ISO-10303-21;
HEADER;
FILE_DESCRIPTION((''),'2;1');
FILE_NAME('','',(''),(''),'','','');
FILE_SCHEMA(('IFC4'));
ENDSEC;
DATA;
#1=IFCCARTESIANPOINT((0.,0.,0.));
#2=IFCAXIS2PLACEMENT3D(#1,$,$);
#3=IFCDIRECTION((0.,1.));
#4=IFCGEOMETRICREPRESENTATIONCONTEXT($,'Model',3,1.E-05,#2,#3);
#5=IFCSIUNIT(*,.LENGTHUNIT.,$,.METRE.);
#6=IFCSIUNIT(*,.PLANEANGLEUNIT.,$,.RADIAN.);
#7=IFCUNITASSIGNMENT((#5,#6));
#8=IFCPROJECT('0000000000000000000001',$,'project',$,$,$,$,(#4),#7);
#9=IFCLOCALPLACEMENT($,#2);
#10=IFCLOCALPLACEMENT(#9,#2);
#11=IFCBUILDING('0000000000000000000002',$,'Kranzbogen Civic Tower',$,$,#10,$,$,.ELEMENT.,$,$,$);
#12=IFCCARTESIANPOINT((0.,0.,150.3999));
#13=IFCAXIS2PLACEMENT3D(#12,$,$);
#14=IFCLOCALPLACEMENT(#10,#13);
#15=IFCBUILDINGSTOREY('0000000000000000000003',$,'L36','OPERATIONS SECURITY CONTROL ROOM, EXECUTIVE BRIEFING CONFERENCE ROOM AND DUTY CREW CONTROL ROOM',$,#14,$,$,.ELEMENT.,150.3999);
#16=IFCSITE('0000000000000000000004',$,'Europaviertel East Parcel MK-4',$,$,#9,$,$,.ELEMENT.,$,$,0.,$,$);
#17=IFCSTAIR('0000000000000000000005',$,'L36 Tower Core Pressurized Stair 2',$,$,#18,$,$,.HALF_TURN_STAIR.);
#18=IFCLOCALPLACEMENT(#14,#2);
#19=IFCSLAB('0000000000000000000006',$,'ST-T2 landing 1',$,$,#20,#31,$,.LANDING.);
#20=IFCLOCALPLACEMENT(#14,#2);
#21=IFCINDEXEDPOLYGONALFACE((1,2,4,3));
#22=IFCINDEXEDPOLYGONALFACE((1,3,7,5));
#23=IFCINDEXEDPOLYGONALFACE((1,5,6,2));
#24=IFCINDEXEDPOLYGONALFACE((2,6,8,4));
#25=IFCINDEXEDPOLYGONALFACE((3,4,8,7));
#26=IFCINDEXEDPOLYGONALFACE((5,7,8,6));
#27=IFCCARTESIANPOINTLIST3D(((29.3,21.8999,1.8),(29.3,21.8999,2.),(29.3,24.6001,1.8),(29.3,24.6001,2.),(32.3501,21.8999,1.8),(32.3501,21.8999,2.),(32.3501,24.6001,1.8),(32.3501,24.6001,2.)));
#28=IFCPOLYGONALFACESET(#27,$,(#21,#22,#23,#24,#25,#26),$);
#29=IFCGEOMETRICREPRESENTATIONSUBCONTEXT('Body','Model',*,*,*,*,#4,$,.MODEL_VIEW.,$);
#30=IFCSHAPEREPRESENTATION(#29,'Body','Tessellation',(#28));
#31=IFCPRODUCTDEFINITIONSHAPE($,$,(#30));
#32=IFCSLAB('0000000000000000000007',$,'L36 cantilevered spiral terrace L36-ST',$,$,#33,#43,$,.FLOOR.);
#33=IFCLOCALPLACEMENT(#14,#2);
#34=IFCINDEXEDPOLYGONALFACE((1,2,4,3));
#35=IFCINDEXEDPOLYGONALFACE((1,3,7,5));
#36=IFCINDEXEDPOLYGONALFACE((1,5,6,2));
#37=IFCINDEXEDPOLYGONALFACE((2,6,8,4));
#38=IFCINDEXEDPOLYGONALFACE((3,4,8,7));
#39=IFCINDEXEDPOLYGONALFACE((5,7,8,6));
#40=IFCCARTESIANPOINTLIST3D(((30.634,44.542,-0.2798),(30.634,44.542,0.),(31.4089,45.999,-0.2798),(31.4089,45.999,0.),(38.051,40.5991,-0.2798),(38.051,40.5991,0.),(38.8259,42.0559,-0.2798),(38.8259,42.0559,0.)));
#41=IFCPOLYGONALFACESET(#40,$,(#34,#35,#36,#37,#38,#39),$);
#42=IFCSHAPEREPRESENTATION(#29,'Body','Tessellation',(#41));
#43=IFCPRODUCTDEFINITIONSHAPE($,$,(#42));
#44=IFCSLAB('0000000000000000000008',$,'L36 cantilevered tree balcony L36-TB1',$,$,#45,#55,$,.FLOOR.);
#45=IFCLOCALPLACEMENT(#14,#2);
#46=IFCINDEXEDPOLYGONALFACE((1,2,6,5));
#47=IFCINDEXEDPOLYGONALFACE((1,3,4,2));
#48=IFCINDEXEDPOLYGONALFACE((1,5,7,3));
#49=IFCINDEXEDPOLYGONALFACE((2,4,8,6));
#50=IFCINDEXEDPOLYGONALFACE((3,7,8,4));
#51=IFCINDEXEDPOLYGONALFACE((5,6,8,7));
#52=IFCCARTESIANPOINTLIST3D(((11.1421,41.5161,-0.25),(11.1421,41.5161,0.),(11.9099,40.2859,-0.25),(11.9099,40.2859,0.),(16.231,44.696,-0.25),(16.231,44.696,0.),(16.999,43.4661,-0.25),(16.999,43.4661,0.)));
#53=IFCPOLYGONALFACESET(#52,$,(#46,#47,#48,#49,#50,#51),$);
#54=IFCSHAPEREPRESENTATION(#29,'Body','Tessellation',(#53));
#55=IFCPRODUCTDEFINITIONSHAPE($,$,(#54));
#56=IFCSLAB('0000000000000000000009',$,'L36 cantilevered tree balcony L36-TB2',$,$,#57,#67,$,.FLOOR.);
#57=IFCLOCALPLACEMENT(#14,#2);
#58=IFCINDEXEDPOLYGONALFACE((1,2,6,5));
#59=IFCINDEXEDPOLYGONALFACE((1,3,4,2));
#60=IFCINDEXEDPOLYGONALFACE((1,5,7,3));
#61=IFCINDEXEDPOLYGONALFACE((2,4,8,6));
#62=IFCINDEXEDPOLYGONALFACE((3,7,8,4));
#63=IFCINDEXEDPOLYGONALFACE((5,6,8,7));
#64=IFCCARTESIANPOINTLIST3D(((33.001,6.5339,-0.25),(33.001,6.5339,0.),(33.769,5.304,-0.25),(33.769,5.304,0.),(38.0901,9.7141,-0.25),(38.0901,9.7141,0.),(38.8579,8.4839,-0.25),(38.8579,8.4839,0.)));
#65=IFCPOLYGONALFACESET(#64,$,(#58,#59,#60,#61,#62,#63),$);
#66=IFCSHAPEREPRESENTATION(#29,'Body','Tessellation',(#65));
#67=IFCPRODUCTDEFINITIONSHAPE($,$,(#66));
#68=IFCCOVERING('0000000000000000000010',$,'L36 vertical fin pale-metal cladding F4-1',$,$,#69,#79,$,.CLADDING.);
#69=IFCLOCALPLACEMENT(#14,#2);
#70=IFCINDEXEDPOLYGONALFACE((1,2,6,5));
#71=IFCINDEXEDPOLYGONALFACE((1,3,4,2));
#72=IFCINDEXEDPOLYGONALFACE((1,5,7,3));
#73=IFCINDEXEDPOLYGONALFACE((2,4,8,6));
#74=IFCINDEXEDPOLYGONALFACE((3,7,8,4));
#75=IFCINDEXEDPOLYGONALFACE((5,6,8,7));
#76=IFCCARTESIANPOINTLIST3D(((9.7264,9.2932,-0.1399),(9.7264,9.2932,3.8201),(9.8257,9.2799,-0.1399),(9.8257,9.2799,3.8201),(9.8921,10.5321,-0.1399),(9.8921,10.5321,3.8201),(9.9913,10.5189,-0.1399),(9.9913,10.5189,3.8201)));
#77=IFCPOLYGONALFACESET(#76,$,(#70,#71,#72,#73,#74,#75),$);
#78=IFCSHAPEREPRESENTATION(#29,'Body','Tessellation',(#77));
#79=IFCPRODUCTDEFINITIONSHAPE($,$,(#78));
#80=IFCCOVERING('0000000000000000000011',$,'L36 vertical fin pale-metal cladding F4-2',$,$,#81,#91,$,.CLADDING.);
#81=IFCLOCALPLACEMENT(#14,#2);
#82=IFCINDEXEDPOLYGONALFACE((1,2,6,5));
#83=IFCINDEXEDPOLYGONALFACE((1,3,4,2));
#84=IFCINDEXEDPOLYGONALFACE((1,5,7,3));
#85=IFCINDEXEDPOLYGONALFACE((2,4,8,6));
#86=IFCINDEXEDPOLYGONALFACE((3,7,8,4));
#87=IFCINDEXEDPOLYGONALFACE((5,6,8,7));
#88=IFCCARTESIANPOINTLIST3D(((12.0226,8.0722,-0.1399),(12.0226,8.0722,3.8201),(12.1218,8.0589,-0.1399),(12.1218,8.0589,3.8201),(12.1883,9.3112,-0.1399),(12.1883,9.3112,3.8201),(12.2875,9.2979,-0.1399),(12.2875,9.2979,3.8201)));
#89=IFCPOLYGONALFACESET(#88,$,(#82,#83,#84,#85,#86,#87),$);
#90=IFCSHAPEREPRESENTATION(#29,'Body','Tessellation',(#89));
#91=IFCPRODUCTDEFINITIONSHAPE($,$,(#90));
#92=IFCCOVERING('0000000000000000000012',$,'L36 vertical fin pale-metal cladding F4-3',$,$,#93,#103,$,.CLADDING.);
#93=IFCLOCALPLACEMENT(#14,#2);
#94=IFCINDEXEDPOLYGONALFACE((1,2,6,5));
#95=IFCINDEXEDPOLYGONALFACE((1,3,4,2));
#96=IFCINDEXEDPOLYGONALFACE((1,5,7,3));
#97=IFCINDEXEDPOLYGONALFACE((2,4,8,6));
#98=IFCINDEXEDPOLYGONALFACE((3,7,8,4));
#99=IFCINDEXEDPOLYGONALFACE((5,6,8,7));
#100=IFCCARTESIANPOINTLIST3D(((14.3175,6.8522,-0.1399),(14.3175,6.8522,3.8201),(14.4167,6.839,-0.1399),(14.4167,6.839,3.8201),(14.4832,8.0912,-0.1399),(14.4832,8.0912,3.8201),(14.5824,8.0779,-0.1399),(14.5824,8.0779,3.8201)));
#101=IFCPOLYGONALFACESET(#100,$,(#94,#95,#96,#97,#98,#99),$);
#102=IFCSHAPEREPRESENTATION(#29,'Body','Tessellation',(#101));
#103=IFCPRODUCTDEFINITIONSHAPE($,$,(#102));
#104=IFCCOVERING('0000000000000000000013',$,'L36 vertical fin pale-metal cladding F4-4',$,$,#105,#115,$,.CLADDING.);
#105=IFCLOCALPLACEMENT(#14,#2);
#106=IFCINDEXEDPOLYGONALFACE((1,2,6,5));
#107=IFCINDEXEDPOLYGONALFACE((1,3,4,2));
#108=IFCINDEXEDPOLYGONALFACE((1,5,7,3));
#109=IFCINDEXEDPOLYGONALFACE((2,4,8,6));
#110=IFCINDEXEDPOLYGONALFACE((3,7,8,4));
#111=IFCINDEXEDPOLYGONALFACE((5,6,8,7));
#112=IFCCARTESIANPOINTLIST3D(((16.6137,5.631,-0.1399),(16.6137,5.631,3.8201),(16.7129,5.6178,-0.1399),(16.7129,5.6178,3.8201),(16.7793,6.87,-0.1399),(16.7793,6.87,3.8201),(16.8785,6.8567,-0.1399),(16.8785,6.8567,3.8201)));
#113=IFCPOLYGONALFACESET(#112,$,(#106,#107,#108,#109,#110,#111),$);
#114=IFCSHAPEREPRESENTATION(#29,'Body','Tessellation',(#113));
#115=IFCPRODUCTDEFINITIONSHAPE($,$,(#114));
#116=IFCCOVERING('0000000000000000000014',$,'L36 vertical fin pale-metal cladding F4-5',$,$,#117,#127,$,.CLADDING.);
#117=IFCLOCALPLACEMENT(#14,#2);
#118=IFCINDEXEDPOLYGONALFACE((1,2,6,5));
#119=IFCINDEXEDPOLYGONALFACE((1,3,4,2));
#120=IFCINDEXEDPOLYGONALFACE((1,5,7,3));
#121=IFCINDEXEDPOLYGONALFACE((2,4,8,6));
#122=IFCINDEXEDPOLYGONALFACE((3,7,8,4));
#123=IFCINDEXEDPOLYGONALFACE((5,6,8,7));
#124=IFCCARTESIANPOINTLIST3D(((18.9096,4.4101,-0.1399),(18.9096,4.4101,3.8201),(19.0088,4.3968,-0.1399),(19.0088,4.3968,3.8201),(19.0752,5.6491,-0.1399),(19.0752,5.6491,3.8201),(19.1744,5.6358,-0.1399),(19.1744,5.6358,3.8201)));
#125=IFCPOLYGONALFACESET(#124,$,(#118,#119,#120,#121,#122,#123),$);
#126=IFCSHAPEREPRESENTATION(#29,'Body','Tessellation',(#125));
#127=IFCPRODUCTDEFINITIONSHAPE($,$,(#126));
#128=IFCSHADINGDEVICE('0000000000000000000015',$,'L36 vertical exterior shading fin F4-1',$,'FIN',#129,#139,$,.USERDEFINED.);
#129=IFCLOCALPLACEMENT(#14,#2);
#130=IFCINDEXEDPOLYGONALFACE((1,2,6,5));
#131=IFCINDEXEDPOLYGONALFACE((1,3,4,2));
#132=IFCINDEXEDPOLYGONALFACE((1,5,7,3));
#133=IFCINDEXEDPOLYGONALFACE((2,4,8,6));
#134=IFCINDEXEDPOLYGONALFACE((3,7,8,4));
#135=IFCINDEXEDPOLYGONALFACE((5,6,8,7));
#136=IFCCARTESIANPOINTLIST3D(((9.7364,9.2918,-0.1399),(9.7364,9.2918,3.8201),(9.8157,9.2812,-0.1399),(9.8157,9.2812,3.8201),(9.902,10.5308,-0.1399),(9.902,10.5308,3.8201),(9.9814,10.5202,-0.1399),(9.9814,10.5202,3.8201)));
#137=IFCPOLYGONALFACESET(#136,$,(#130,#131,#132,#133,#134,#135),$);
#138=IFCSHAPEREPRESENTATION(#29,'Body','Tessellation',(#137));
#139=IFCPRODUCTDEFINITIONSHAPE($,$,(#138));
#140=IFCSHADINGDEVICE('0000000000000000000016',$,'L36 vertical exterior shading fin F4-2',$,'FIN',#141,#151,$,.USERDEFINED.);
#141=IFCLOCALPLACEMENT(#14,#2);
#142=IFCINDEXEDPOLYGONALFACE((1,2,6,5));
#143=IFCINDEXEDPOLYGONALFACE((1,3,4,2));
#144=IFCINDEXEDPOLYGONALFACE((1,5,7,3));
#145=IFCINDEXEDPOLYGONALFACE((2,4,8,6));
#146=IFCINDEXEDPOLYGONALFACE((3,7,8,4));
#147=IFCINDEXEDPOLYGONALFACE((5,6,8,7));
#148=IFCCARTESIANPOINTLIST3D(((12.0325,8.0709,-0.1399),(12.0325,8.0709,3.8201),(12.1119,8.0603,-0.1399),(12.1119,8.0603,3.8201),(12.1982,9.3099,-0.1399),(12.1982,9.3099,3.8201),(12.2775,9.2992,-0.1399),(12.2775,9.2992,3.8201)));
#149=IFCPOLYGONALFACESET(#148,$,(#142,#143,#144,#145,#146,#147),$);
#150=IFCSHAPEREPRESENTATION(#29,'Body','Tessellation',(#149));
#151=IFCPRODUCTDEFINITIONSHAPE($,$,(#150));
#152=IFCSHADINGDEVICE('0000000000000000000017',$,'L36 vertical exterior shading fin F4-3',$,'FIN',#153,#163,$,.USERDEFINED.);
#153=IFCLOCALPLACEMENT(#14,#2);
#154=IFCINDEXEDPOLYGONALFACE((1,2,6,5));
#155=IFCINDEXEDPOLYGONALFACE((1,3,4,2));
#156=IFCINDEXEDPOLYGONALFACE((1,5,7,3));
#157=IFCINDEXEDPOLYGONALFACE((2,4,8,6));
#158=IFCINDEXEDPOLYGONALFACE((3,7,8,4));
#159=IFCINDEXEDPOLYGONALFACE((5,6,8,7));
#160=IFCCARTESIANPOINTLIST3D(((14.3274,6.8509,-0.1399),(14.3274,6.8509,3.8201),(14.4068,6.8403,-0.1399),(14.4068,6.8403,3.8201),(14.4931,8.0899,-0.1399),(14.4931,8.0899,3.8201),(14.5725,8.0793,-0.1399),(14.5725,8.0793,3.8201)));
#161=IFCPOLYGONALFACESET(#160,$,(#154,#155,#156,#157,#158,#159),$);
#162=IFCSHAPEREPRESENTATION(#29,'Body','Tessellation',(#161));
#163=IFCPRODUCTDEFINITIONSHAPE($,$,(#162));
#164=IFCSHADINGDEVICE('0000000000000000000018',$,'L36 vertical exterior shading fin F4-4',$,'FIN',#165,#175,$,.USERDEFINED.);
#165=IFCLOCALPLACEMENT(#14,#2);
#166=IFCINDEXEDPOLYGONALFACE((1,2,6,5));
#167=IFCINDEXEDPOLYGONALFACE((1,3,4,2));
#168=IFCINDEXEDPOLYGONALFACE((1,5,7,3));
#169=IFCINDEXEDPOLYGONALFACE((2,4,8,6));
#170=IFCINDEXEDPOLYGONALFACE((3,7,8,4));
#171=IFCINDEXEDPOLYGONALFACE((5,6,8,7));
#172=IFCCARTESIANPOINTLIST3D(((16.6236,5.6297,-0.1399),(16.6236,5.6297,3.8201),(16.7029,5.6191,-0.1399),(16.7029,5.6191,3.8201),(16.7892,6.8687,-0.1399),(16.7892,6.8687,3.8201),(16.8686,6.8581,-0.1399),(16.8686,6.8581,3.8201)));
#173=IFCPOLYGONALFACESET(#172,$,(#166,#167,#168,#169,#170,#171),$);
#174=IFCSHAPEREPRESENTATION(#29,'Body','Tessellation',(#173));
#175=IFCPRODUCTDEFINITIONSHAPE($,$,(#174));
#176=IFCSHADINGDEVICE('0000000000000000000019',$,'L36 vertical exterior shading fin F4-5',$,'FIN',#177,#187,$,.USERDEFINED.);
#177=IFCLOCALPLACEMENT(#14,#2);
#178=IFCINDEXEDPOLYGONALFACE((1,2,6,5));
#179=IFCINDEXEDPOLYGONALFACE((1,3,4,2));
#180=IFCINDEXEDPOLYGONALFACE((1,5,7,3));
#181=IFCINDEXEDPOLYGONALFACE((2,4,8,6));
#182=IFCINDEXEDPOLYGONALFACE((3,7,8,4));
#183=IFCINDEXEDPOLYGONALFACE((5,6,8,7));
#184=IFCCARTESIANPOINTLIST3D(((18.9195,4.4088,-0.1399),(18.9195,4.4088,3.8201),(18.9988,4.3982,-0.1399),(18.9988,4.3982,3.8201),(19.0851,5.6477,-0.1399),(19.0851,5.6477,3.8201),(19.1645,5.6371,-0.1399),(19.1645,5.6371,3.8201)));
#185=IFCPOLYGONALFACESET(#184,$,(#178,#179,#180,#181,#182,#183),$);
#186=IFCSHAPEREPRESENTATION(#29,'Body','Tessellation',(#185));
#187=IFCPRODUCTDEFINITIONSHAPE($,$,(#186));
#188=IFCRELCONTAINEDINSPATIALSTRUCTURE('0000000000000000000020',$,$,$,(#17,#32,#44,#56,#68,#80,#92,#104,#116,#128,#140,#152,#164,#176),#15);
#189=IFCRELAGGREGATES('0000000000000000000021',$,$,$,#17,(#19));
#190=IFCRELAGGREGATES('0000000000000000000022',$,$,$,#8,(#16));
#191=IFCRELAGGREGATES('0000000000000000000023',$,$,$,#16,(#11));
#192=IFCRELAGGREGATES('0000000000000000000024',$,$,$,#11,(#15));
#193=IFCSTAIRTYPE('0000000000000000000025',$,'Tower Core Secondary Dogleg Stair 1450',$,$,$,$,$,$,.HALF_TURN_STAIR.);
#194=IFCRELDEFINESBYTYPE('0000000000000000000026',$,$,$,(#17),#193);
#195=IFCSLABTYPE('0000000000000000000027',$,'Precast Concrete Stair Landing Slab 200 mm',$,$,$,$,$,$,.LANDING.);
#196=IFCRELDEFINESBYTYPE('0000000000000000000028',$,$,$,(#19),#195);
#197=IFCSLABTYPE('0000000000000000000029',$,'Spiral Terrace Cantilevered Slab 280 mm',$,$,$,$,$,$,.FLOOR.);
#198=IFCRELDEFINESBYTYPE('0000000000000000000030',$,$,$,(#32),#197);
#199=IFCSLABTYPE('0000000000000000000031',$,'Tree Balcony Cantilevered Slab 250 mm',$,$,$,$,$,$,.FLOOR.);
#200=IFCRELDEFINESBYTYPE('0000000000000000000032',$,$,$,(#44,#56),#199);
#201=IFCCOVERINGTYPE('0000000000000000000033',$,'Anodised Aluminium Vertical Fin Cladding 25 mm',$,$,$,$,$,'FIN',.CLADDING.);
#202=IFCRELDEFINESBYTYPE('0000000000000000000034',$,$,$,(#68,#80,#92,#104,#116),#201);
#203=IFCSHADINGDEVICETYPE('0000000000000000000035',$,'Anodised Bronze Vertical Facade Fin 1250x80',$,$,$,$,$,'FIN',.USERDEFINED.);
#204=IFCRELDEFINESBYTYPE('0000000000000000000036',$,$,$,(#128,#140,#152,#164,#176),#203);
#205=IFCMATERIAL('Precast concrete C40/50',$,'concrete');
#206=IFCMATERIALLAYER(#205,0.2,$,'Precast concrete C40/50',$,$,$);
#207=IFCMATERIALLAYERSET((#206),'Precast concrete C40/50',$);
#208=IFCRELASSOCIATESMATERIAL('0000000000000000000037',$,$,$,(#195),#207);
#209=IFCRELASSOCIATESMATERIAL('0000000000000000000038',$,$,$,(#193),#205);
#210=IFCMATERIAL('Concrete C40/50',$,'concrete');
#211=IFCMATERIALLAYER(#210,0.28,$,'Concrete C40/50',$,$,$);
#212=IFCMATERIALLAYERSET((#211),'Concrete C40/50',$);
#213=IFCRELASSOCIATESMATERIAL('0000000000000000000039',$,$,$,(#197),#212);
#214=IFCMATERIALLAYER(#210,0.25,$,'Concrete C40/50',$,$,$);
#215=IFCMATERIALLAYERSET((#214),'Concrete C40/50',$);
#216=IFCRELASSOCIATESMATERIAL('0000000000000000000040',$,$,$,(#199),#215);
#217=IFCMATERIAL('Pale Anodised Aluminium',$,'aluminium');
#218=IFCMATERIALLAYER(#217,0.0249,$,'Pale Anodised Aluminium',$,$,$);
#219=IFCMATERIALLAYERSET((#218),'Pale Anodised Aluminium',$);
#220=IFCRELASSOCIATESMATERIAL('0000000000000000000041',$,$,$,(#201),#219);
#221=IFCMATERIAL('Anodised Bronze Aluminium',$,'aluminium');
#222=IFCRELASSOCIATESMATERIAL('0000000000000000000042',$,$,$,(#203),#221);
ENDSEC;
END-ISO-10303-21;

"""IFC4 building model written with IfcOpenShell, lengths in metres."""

from ifc_helpers import new_model, si_unit, direction, frame, origin, origin_2d, place, context, subcontext, project, spatial, polyline, rectangle, outline, extrude, material, layer, layer_set, type_object, element, aggregate, save


model = new_model("IFC4")

# Units and contexts
model_context = context("Model", 3, precision=1e-05, world=origin(), true_north=direction((0.0, 1.0)))
body_context = subcontext(model_context, "Body", "Model", "MODEL_VIEW")
ifc_project = project(units=[si_unit("LENGTHUNIT", "METRE"), si_unit("PLANEANGLEUNIT", "RADIAN")], contexts=[model_context])

# Site, building, storey
site_placement = place(None, origin())
site = spatial("IfcSite", under=ifc_project, at=site_placement, Name="Europaviertel East Parcel MK-4", CompositionType="ELEMENT", RefElevation=0.0)
building_placement = place(site_placement, origin())
building = spatial("IfcBuilding", under=site, at=building_placement, Name="Kranzbogen Civic Tower", CompositionType="ELEMENT")
storey_placement = place(building_placement, frame((0.0, 0.0, 150.3999)))
storey = spatial("IfcBuildingStorey", under=building, at=storey_placement, Name="L36", Description="OPERATIONS SECURITY CONTROL ROOM, EXECUTIVE BRIEFING CONFERENCE ROOM AND DUTY CREW CONTROL ROOM", CompositionType="ELEMENT", Elevation=150.3999)

# Shared definitions
ifc_material_1 = material(Name="Pale Anodised Aluminium", Category="aluminium")

# Shared definitions
ifc_material_2 = material(Name="Concrete C40/50", Category="concrete")

# Stair, slab
ifc_material_3 = material(Name="Precast concrete C40/50", Category="concrete")
ifc_layer_1 = layer(ifc_material_3, 0.2, Name="Precast concrete C40/50")
ifc_layer_set_1 = layer_set([ifc_layer_1], Name="Precast concrete C40/50")
slab_type_1 = type_object("IfcSlabType", Name="Precast Concrete Stair Landing Slab 200 mm", PredefinedType="LANDING", material=ifc_layer_set_1)
stair_type_1 = type_object("IfcStairType", Name="Tower Core Secondary Dogleg Stair 1450", PredefinedType="HALF_TURN_STAIR", material=ifc_material_3)
stair_1_placement = place(storey_placement, origin())
stair_1 = element("IfcStair", 1, at=stair_1_placement, inside=storey, type_object=stair_type_1, Name="L36 Tower Core Pressurized Stair 2", PredefinedType="HALF_TURN_STAIR")
slab_1_placement = place(storey_placement, frame((0.0, 0.0, 1.8)))
slab_1 = element("IfcSlab", 2, at=slab_1_placement, type_object=slab_type_1, Name="ST-T2 landing 1", PredefinedType="LANDING", context=body_context, shape_type="SweptSolid", body=[
    extrude(outline(polyline([(29.3, 24.6001), (29.3, 21.8999), (32.3501, 21.8999), (32.3501, 24.6001), (29.3, 24.6001)])), origin(), (0.0, 0.0, 1.0), 0.2),
])
aggregate(stair_1, [slab_1])

# Slabs
ifc_layer_2 = layer(ifc_material_2, 0.28, Name="Concrete C40/50")
ifc_layer_set_2 = layer_set([ifc_layer_2], Name="Concrete C40/50")
slab_type_2 = type_object("IfcSlabType", Name="Spiral Terrace Cantilevered Slab 280 mm", PredefinedType="FLOOR", material=ifc_layer_set_2)
slab_2_placement = place(storey_placement, frame((0.0, 0.0, -0.2798)))
element("IfcSlab", 3, at=slab_2_placement, inside=storey, type_object=slab_type_2, Name="L36 cantilevered spiral terrace L36-ST", PredefinedType="FLOOR", context=body_context, shape_type="SweptSolid", body=[
    extrude(outline(polyline([(38.051, 40.5991), (30.634, 44.542), (31.4089, 45.999), (38.8259, 42.0559), (38.051, 40.5991)])), origin(), (0.0, 0.0, 1.0), 0.2798),
])
ifc_layer_3 = layer(ifc_material_2, 0.25, Name="Concrete C40/50")
ifc_layer_set_3 = layer_set([ifc_layer_3], Name="Concrete C40/50")
slab_type_3 = type_object("IfcSlabType", Name="Tree Balcony Cantilevered Slab 250 mm", PredefinedType="FLOOR", material=ifc_layer_set_3)
slab_3_placement = place(storey_placement, frame((0.0, 0.0, -0.25)))
element("IfcSlab", 4, at=slab_3_placement, inside=storey, type_object=slab_type_3, Name="L36 cantilevered tree balcony L36-TB1", PredefinedType="FLOOR", context=body_context, shape_type="SweptSolid", body=[
    extrude(outline(polyline([(16.999, 43.4661), (11.9099, 40.2859), (11.1421, 41.5161), (16.231, 44.696), (16.999, 43.4661)])), origin(), (0.0, 0.0, 1.0), 0.25),
])
slab_4_placement = place(storey_placement, frame((0.0, 0.0, -0.25)))
element("IfcSlab", 5, at=slab_4_placement, inside=storey, type_object=slab_type_3, Name="L36 cantilevered tree balcony L36-TB2", PredefinedType="FLOOR", context=body_context, shape_type="SweptSolid", body=[
    extrude(outline(polyline([(33.001, 6.5339), (38.0901, 9.7141), (38.8579, 8.4839), (33.769, 5.304), (33.001, 6.5339)])), origin(), (0.0, 0.0, 1.0), 0.25),
])

# Coverings
ifc_layer_4 = layer(ifc_material_1, 0.0249, Name="Pale Anodised Aluminium")
ifc_layer_set_4 = layer_set([ifc_layer_4], Name="Pale Anodised Aluminium")
covering_type_1 = type_object("IfcCoveringType", Name="Anodised Aluminium Vertical Fin Cladding 25 mm", ElementType="FIN", PredefinedType="CLADDING", material=ifc_layer_set_4)
for number, where, z_axis, x_axis, name in (
    (6, (9.8589, 9.906, -0.1399), (0.0, 0.0, 1.0), (-0.132533, -0.991179, 0.0), "L36 vertical fin pale-metal cladding F4-1"),
    (7, (12.155, 8.6851, -0.1399), (0.0, 0.0, 1.0), (-0.132533, -0.991179, 0.0), "L36 vertical fin pale-metal cladding F4-2"),
    (8, (14.45, 7.4651, -0.1399), (0.0, 0.0, 1.0), (-0.132533, -0.991179, 0.0), "L36 vertical fin pale-metal cladding F4-3"),
    (9, (16.7461, 6.2439, -0.1399), (0.0, 0.0, 1.0), (-0.132533, -0.991179, 0.0), "L36 vertical fin pale-metal cladding F4-4"),
    (10, (19.042, 5.0229, -0.1399), (0.0, 0.0, 1.0), (-0.132533, -0.991179, 0.0), "L36 vertical fin pale-metal cladding F4-5"),
):
    element("IfcCovering", number, at=place(storey_placement, frame(where, z_axis=z_axis, x_axis=x_axis)), inside=storey, type_object=covering_type_1, Name=name, PredefinedType="CLADDING", context=body_context, shape_type="SweptSolid", body=[
        extrude(rectangle(XDim=1.25, YDim=0.1001, at=origin_2d()), origin(), (0.0, 0.0, 1.0), 3.96),
    ])

# Shading devices
ifc_material_4 = material(Name="Anodised Bronze Aluminium", Category="aluminium")
shading_device_type = type_object("IfcShadingDeviceType", Name="Anodised Bronze Vertical Facade Fin 1250x80", ElementType="FIN", PredefinedType="USERDEFINED", material=ifc_material_4)
for number, where, z_axis, x_axis, name in (
    (11, (9.8589, 9.906, -0.1399), (0.0, 0.0, 1.0), (-0.132533, -0.991179, 0.0), "L36 vertical exterior shading fin F4-1"),
    (12, (12.155, 8.6851, -0.1399), (0.0, 0.0, 1.0), (-0.132533, -0.991179, 0.0), "L36 vertical exterior shading fin F4-2"),
    (13, (14.45, 7.4651, -0.1399), (0.0, 0.0, 1.0), (-0.132533, -0.991179, 0.0), "L36 vertical exterior shading fin F4-3"),
    (14, (16.7461, 6.2439, -0.1399), (0.0, 0.0, 1.0), (-0.132533, -0.991179, 0.0), "L36 vertical exterior shading fin F4-4"),
    (15, (19.042, 5.0229, -0.1399), (0.0, 0.0, 1.0), (-0.132533, -0.991179, 0.0), "L36 vertical exterior shading fin F4-5"),
):
    element("IfcShadingDevice", number, at=place(storey_placement, frame(where, z_axis=z_axis, x_axis=x_axis)), inside=storey, type_object=shading_device_type, Name=name, ObjectType="FIN", PredefinedType="USERDEFINED", context=body_context, shape_type="SweptSolid", body=[
        extrude(rectangle(XDim=1.25, YDim=0.0801, at=origin_2d()), origin(), (0.0, 0.0, 1.0), 3.96),
    ])

save(model, "model.ifc")
